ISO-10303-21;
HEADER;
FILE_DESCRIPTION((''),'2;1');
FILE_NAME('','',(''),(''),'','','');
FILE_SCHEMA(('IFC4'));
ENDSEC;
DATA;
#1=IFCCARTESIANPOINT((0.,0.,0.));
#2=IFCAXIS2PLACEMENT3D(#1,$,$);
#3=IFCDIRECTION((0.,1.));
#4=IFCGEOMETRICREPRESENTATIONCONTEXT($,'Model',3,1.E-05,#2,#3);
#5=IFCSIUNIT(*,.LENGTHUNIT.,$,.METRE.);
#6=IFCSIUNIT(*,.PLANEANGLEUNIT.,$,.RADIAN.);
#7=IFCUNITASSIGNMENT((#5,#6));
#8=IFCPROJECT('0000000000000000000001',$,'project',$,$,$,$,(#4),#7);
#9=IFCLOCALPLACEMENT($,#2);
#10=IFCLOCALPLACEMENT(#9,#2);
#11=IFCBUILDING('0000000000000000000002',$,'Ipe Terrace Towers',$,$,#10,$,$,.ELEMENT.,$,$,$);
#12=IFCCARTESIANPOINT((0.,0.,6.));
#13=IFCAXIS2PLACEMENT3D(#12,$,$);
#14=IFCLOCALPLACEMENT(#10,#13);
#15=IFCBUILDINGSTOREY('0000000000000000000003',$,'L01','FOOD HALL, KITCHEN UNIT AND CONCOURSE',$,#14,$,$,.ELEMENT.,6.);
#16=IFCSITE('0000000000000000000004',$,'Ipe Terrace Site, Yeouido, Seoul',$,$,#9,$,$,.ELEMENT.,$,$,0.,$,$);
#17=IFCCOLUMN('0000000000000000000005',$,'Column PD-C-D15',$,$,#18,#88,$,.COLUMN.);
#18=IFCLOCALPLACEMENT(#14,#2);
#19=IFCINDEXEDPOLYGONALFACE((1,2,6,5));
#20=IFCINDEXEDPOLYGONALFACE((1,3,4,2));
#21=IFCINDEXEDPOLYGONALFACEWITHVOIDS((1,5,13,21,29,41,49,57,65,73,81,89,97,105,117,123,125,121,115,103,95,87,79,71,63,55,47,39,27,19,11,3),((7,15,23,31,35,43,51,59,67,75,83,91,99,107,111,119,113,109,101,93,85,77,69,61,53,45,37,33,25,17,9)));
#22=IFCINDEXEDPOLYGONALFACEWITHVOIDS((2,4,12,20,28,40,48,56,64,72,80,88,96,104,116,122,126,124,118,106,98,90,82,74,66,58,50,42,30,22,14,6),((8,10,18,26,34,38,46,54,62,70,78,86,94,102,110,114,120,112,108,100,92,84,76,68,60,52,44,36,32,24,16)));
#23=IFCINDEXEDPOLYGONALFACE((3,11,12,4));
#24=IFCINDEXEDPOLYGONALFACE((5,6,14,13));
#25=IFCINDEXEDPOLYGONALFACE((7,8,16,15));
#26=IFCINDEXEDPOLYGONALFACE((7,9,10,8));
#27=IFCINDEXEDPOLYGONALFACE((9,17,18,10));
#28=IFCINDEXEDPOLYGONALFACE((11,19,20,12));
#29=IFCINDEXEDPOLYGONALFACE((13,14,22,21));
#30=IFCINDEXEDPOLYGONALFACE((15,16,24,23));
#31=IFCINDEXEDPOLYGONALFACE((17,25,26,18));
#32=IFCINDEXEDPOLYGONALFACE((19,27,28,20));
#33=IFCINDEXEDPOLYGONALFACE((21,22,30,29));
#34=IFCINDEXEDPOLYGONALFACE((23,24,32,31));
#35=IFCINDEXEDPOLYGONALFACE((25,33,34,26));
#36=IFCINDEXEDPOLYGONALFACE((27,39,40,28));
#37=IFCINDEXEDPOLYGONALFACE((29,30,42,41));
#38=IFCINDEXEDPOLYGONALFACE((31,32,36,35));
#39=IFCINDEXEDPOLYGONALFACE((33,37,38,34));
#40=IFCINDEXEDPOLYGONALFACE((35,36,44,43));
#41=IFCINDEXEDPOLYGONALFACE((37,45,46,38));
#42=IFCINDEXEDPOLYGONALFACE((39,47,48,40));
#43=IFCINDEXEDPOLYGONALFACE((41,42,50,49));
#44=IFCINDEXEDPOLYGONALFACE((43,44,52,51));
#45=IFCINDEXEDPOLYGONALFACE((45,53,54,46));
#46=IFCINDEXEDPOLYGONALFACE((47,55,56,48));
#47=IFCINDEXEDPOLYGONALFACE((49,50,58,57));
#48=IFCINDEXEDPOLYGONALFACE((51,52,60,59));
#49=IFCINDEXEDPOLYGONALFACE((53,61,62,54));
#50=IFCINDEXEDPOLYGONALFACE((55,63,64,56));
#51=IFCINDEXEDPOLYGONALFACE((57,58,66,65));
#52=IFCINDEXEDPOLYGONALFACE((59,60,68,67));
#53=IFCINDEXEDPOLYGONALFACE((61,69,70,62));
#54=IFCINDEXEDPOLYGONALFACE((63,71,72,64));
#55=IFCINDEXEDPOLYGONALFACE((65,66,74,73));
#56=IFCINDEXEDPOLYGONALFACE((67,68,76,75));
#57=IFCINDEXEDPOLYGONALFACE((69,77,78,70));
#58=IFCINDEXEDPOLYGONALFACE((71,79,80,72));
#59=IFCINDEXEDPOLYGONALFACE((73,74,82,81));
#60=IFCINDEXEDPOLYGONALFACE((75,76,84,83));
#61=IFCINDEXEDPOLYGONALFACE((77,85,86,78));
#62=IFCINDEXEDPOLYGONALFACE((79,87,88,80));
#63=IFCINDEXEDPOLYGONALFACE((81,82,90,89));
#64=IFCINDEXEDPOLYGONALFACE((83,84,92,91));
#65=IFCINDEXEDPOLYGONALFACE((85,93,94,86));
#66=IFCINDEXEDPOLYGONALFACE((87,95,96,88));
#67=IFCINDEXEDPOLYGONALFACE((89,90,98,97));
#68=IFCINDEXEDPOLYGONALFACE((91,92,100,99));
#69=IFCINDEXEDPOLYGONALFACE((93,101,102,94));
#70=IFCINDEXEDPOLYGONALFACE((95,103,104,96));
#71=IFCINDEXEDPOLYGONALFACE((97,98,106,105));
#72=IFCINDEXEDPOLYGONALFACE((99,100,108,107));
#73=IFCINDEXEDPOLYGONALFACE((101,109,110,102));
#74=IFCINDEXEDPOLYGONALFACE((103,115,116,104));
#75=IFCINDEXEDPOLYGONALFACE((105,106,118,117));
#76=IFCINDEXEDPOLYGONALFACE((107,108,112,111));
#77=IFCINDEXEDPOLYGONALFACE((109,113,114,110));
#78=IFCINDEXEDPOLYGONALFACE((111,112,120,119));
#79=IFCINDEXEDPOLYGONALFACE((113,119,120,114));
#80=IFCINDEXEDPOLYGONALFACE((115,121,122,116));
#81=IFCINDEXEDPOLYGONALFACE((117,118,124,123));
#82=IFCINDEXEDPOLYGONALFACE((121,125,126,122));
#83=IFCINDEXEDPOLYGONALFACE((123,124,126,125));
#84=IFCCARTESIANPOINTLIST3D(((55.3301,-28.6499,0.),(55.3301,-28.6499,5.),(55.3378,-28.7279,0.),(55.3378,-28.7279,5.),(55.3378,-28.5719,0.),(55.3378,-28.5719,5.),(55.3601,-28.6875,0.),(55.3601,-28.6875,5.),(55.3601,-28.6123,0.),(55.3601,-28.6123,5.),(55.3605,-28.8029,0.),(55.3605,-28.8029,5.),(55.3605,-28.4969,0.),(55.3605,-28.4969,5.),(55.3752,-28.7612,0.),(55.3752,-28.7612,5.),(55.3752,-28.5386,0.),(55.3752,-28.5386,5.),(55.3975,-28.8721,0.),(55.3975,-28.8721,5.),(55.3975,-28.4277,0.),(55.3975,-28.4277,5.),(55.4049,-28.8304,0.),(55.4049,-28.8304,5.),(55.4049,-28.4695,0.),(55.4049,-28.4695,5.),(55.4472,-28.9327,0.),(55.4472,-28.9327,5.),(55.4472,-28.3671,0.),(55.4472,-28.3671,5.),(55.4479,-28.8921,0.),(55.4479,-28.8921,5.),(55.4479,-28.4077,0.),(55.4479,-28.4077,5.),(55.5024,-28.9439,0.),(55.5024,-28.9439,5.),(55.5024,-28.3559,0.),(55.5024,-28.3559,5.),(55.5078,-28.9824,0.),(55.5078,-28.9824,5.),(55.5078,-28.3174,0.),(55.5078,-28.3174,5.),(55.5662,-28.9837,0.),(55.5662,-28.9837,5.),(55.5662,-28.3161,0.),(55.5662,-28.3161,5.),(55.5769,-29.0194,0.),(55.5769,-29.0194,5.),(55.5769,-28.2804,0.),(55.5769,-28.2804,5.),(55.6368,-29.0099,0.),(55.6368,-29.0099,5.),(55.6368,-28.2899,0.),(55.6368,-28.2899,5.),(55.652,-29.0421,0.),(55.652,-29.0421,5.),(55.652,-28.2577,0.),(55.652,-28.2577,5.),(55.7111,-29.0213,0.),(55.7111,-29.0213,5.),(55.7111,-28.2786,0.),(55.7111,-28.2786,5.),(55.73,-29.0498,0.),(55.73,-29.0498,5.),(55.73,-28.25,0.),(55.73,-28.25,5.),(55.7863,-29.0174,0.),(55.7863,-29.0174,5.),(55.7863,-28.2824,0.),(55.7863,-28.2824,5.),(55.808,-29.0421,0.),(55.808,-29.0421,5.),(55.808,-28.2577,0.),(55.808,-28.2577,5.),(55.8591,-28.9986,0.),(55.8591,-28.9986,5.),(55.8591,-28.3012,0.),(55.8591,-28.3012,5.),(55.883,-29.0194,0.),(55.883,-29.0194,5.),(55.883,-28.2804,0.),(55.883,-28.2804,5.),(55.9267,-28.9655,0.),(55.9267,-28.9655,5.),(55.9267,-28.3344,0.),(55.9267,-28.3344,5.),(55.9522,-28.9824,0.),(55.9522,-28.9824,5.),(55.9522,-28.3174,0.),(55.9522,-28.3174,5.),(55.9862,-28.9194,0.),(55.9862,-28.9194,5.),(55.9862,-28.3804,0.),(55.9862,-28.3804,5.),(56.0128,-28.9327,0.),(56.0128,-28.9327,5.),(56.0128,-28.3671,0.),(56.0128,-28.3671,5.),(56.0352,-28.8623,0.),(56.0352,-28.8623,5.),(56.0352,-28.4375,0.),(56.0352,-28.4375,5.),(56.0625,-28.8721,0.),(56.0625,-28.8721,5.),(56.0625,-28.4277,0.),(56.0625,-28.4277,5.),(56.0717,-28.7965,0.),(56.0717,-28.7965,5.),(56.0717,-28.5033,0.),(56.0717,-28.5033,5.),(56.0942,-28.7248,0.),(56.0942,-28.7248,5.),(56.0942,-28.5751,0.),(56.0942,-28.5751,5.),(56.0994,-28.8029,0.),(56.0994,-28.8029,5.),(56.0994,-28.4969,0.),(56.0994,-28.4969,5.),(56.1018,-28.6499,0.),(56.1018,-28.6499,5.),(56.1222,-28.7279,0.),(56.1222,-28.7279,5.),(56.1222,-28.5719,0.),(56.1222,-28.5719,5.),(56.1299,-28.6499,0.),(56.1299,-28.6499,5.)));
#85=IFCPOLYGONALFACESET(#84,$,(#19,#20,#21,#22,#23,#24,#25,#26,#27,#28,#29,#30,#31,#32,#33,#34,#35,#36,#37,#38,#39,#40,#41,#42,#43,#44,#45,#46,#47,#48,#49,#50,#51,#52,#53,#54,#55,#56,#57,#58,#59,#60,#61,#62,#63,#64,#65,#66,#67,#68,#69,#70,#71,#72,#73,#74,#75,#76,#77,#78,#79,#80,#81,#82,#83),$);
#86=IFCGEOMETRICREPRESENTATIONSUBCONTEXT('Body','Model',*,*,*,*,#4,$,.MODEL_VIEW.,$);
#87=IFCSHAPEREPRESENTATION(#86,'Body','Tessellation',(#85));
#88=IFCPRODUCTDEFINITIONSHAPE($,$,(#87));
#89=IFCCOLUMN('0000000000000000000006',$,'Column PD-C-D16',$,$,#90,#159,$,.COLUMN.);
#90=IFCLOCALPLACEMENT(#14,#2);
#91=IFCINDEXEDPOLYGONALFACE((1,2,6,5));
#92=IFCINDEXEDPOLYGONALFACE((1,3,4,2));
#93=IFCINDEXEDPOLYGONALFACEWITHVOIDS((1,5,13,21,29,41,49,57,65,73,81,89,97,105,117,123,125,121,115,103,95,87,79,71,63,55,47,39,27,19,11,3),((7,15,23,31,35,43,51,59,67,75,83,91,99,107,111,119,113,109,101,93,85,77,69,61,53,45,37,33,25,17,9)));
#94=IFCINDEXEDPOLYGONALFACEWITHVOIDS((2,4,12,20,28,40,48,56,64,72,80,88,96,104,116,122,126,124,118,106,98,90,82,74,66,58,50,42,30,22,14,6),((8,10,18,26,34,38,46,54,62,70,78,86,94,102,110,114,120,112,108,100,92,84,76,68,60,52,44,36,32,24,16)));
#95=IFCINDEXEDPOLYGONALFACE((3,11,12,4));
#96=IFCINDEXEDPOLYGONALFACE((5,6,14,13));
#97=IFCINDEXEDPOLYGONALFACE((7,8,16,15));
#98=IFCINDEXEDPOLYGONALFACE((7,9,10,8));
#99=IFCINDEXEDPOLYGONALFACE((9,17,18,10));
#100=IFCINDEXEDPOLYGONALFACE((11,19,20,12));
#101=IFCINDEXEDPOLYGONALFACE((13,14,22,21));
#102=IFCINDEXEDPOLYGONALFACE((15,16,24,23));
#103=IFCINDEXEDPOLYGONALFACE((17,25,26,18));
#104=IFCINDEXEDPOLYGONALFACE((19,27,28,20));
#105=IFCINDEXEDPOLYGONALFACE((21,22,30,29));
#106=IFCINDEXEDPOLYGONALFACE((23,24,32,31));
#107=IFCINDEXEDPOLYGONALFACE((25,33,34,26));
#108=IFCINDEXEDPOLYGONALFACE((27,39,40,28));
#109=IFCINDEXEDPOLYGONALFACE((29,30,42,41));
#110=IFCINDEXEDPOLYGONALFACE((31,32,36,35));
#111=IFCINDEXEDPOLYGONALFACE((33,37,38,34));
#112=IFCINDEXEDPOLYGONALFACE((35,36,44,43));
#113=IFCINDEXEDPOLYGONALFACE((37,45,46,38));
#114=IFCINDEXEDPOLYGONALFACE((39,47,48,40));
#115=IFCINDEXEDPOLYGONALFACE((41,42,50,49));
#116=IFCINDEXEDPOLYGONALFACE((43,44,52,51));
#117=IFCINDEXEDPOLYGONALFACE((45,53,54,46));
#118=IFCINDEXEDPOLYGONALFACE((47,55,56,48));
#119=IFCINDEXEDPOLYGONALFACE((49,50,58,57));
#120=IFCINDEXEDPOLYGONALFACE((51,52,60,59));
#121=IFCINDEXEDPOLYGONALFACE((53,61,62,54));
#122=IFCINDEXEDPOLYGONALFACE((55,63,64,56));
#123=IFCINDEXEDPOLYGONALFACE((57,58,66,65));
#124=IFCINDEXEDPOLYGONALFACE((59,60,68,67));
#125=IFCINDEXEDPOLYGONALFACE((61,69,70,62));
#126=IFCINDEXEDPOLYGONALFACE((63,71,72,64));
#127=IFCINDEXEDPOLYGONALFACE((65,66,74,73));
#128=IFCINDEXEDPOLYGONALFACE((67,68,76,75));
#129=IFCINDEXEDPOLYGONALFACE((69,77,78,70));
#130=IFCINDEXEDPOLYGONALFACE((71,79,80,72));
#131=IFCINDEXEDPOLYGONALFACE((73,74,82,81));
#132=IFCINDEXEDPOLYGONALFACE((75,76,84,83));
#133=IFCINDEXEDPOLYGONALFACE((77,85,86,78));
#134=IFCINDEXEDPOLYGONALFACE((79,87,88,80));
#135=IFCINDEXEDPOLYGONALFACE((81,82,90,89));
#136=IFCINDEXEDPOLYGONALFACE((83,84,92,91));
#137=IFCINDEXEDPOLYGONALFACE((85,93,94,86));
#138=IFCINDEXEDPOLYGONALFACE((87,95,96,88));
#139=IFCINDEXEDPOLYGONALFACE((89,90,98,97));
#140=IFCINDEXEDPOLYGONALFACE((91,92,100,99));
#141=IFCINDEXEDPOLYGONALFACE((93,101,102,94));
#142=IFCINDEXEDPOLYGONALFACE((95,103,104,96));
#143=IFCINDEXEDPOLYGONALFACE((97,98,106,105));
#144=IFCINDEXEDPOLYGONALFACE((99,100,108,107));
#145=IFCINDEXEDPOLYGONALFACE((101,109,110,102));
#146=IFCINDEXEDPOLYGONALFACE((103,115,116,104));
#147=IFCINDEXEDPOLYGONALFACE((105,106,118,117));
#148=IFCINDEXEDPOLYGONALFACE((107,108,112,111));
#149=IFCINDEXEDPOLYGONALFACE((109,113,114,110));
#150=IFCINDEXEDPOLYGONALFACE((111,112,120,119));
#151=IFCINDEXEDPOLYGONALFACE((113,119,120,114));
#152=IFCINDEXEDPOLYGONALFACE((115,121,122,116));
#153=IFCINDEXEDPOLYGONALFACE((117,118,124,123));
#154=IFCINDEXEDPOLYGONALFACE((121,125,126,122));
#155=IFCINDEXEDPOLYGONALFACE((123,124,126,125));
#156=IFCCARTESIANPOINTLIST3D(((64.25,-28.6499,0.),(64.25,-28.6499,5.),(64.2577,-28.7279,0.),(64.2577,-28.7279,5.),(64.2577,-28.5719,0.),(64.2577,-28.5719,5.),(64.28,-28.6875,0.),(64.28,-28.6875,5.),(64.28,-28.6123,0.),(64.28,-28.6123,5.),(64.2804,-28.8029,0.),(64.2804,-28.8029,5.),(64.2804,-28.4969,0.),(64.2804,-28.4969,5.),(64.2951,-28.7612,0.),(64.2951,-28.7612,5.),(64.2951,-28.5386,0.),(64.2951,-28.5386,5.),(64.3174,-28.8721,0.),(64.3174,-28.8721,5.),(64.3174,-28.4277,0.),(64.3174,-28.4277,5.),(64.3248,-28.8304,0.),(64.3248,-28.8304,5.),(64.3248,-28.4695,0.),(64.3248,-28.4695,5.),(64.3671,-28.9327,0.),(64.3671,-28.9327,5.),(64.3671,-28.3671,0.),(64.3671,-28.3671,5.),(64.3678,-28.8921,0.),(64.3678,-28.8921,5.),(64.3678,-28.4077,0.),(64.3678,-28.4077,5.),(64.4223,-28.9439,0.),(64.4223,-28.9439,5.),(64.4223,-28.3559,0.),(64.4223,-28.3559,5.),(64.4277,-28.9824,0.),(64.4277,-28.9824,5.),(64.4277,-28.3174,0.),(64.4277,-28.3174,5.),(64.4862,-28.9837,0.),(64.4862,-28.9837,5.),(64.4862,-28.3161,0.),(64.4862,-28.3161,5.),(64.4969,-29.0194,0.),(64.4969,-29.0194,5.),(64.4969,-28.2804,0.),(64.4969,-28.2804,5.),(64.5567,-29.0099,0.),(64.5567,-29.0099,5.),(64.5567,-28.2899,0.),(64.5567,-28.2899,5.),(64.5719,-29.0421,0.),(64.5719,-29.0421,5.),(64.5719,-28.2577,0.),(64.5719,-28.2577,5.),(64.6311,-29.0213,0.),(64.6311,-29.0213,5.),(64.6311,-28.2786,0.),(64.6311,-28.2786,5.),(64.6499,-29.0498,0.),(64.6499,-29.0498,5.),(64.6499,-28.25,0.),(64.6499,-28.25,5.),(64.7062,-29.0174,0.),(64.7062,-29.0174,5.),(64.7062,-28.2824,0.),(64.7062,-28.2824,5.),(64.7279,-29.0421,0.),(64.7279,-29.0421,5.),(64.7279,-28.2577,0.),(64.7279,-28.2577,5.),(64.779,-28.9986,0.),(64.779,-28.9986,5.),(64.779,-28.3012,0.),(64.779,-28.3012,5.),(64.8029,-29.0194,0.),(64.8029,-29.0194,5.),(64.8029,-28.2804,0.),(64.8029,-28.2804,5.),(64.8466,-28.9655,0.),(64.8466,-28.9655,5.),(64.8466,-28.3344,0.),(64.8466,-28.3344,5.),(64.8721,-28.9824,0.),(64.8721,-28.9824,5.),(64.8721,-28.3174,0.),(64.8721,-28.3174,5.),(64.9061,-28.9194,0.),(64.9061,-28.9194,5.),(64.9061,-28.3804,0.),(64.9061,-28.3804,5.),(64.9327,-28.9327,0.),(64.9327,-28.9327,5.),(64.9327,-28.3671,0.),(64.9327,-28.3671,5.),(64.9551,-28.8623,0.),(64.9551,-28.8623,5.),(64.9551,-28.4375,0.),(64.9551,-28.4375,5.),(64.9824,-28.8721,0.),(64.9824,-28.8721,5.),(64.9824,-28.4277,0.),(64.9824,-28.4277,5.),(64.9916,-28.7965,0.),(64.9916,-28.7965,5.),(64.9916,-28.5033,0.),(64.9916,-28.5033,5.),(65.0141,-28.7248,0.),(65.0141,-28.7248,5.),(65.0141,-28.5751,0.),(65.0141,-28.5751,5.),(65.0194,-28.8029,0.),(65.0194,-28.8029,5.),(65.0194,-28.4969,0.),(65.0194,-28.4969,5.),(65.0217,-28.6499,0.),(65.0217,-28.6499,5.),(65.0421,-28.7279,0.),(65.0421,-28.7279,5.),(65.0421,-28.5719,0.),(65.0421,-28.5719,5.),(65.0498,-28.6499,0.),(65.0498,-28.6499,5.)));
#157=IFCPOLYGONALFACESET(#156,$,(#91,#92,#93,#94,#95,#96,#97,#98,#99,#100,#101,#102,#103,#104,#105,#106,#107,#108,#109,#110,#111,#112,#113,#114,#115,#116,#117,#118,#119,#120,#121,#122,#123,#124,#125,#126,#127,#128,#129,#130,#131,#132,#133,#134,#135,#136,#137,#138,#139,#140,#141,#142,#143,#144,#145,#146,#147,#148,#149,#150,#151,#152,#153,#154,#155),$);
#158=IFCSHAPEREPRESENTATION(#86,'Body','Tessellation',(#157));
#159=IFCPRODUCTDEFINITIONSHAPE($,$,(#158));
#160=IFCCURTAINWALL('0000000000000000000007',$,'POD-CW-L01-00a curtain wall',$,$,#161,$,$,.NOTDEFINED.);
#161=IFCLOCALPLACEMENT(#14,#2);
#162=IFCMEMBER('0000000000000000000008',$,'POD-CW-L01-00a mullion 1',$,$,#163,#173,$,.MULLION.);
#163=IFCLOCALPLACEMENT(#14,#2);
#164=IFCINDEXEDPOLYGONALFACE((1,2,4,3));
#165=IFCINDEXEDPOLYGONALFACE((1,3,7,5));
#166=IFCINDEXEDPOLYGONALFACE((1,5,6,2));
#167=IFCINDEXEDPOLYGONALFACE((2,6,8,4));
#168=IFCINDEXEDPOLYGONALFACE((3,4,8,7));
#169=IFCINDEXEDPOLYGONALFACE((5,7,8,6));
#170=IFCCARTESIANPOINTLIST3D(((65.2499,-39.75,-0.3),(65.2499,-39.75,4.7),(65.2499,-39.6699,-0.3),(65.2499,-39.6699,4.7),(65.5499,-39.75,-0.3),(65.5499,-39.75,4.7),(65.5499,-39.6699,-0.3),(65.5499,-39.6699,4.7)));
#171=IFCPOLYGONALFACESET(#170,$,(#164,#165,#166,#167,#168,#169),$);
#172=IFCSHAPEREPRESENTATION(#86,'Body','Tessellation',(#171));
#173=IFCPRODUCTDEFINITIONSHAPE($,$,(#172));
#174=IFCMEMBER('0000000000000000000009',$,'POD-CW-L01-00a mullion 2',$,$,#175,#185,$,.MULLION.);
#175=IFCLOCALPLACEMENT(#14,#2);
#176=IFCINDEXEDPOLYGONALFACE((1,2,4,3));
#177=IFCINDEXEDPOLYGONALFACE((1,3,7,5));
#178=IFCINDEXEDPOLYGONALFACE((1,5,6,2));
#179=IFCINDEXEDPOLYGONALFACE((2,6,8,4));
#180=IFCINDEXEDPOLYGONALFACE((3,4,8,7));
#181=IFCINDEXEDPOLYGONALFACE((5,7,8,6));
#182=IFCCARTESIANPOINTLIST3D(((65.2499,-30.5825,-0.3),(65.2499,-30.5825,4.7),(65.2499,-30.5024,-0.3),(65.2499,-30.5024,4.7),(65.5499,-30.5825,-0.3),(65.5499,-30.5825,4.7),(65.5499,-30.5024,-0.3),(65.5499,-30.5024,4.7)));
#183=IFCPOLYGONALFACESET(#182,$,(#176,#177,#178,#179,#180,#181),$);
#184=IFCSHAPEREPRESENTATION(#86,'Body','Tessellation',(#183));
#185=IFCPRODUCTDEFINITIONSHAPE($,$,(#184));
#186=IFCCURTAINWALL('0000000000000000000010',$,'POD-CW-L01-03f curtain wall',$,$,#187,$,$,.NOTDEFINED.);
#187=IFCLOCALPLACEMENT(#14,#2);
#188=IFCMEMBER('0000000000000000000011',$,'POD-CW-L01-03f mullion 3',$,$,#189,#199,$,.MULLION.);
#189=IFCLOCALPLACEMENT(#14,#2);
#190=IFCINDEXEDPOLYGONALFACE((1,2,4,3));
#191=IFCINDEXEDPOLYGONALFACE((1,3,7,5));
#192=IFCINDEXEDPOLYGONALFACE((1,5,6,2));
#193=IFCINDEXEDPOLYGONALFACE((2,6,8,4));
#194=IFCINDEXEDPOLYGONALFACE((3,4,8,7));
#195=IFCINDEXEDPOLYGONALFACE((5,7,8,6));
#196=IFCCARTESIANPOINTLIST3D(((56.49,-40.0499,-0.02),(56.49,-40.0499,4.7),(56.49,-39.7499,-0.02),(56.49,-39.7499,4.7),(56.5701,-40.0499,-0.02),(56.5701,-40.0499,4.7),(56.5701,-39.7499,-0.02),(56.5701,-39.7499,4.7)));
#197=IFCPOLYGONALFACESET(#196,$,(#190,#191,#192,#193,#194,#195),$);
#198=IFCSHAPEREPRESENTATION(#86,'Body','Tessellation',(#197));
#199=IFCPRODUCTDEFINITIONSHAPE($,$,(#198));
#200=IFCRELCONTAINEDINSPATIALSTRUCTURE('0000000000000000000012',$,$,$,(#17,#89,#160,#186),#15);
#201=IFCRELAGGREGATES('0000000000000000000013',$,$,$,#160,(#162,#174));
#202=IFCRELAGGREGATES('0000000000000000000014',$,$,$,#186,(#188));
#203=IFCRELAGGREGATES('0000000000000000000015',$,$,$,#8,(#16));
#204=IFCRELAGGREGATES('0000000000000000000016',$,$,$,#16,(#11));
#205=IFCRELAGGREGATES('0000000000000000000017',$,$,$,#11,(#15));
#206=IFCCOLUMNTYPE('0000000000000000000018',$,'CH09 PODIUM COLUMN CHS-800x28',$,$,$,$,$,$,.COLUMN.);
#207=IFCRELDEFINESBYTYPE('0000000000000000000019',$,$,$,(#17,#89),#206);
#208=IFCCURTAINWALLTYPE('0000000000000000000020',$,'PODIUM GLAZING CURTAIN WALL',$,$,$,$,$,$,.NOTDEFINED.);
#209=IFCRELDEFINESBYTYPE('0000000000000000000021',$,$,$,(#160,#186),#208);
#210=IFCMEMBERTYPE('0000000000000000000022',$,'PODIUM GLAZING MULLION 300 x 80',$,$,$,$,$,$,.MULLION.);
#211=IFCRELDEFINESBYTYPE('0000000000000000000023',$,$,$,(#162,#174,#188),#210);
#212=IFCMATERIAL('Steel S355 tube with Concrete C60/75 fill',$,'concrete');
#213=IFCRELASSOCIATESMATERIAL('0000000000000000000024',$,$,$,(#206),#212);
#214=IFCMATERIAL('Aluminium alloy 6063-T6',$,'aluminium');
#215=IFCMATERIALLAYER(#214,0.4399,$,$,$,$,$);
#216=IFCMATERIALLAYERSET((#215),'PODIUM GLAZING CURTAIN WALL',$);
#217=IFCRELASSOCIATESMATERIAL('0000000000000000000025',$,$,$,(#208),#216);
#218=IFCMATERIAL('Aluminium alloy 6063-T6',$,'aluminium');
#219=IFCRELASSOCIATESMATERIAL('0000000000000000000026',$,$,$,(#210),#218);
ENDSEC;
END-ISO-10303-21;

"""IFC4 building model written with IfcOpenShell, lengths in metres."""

from ifc_helpers import new_model, si_unit, direction, frame, origin, origin_2d, place, context, subcontext, project, spatial, rectangle, hollow_circle, extrude, material, layer, layer_set, material_profile, profile_set, type_object, element, aggregate, save


model = new_model("IFC4")

# Units and contexts
model_context = context("Model", 3, precision=1e-05, world=origin(), true_north=direction((0.0, 1.0)))
body_context = subcontext(model_context, "Body", "Model", "MODEL_VIEW")
ifc_project = project(units=[si_unit("LENGTHUNIT", "METRE"), si_unit("PLANEANGLEUNIT", "RADIAN")], contexts=[model_context])

# Site, building, storey
site_placement = place(None, origin())
site = spatial("IfcSite", under=ifc_project, at=site_placement, Name="Ipe Terrace Site, Yeouido, Seoul", CompositionType="ELEMENT", RefElevation=0.0)
building_placement = place(site_placement, origin())
building = spatial("IfcBuilding", under=site, at=building_placement, Name="Ipe Terrace Towers", CompositionType="ELEMENT")
storey_placement = place(building_placement, frame((0.0, 0.0, 6.0)))
storey = spatial("IfcBuildingStorey", under=building, at=storey_placement, Name="L01", Description="FOOD HALL, KITCHEN UNIT AND CONCOURSE", CompositionType="ELEMENT", Elevation=6.0)

# Columns
ifc_material_1 = material(Name="Steel S355 tube with Concrete C60/75 fill", Category="concrete")
ifc_material_profile_1 = material_profile(ifc_material_1, hollow_circle(Radius=0.3999, WallThickness=0.0281, at=origin_2d()), Name="CHS-800x28")
ifc_profile_set_1 = profile_set([ifc_material_profile_1], Name="Steel S355 tube with Concrete C60/75 fill")
column_type = type_object("IfcColumnType", Name="CH09 PODIUM COLUMN CHS-800x28", PredefinedType="COLUMN", material=ifc_profile_set_1)
for number, where, z_axis, x_axis, name in (
    (1, (55.73, -28.6499, 0.0), (0.0, 0.0, 1.0), (1.0, 0.0, 0.0), "Column PD-C-D15"),
    (2, (64.6499, -28.6499, 0.0), (0.0, 0.0, 1.0), (1.0, 0.0, 0.0), "Column PD-C-D16"),
):
    element("IfcColumn", number, at=place(storey_placement, frame(where, z_axis=z_axis, x_axis=x_axis)), inside=storey, type_object=column_type, Name=name, PredefinedType="COLUMN", context=body_context, shape_type="SweptSolid", body=[
        extrude(hollow_circle(Radius=0.3999, WallThickness=0.0281, at=origin_2d()), origin(), (0.0, 0.0, 1.0), 5.0),
    ])

# Curtain walls, members
ifc_material_2 = material(Name="Aluminium alloy 6063-T6", Category="aluminium")
ifc_layer_1 = layer(ifc_material_2, 0.4399)
ifc_layer_set_1 = layer_set([ifc_layer_1], Name="PODIUM GLAZING CURTAIN WALL")
curtain_wall_type = type_object("IfcCurtainWallType", Name="PODIUM GLAZING CURTAIN WALL", PredefinedType="NOTDEFINED", material=ifc_layer_set_1)
curtain_wall_1_placement = place(storey_placement, origin())
curtain_wall_1 = element("IfcCurtainWall", 3, at=curtain_wall_1_placement, inside=storey, type_object=curtain_wall_type, Name="POD-CW-L01-00a curtain wall", PredefinedType="NOTDEFINED")
ifc_material_3 = material(Name="Aluminium alloy 6063-T6", Category="aluminium")
ifc_material_profile_2 = material_profile(ifc_material_3, rectangle(XDim=0.3, YDim=0.0801, at=origin_2d()), Name="PODIUM GLAZING MULLION 300 x 80")
ifc_profile_set_2 = profile_set([ifc_material_profile_2], Name="Aluminium alloy 6063-T6")
member_type_1 = type_object("IfcMemberType", Name="PODIUM GLAZING MULLION 300 x 80", PredefinedType="MULLION", material=ifc_profile_set_2)
member_1_placement = place(storey_placement, frame((65.3999, -39.71, -0.3), z_axis=(0.0, 0.0, 1.0), x_axis=(1.0, 0.0, 0.0)))
member_1 = element("IfcMember", 4, at=member_1_placement, type_object=member_type_1, Name="POD-CW-L01-00a mullion 1", PredefinedType="MULLION", context=body_context, shape_type="SweptSolid", body=[
    extrude(rectangle(XDim=0.3, YDim=0.0801, at=origin_2d()), origin(), (0.0, 0.0, 1.0), 5.0),
])
member_2_placement = place(storey_placement, frame((65.3999, -30.5425, -0.3), z_axis=(0.0, 0.0, 1.0), x_axis=(1.0, 0.0, 0.0)))
member_2 = element("IfcMember", 5, at=member_2_placement, type_object=member_type_1, Name="POD-CW-L01-00a mullion 2", PredefinedType="MULLION", context=body_context, shape_type="SweptSolid", body=[
    extrude(rectangle(XDim=0.3, YDim=0.0801, at=origin_2d()), origin(), (0.0, 0.0, 1.0), 5.0),
])
curtain_wall_2_placement = place(storey_placement, origin())
curtain_wall_2 = element("IfcCurtainWall", 6, at=curtain_wall_2_placement, inside=storey, type_object=curtain_wall_type, Name="POD-CW-L01-03f curtain wall", PredefinedType="NOTDEFINED")
member_3_placement = place(storey_placement, frame((56.53, -39.8999, -0.02), z_axis=(0.0, 0.0, 1.0), x_axis=(0.0, -1.0, 0.0)))
member_3 = element("IfcMember", 7, at=member_3_placement, type_object=member_type_1, Name="POD-CW-L01-03f mullion 3", PredefinedType="MULLION", context=body_context, shape_type="SweptSolid", body=[
    extrude(rectangle(XDim=0.3, YDim=0.0801, at=origin_2d()), origin(), (0.0, 0.0, 1.0), 4.72),
])

aggregate(curtain_wall_1, [member_1, member_2])
aggregate(curtain_wall_2, [member_3])

save(model, "model.ifc")
